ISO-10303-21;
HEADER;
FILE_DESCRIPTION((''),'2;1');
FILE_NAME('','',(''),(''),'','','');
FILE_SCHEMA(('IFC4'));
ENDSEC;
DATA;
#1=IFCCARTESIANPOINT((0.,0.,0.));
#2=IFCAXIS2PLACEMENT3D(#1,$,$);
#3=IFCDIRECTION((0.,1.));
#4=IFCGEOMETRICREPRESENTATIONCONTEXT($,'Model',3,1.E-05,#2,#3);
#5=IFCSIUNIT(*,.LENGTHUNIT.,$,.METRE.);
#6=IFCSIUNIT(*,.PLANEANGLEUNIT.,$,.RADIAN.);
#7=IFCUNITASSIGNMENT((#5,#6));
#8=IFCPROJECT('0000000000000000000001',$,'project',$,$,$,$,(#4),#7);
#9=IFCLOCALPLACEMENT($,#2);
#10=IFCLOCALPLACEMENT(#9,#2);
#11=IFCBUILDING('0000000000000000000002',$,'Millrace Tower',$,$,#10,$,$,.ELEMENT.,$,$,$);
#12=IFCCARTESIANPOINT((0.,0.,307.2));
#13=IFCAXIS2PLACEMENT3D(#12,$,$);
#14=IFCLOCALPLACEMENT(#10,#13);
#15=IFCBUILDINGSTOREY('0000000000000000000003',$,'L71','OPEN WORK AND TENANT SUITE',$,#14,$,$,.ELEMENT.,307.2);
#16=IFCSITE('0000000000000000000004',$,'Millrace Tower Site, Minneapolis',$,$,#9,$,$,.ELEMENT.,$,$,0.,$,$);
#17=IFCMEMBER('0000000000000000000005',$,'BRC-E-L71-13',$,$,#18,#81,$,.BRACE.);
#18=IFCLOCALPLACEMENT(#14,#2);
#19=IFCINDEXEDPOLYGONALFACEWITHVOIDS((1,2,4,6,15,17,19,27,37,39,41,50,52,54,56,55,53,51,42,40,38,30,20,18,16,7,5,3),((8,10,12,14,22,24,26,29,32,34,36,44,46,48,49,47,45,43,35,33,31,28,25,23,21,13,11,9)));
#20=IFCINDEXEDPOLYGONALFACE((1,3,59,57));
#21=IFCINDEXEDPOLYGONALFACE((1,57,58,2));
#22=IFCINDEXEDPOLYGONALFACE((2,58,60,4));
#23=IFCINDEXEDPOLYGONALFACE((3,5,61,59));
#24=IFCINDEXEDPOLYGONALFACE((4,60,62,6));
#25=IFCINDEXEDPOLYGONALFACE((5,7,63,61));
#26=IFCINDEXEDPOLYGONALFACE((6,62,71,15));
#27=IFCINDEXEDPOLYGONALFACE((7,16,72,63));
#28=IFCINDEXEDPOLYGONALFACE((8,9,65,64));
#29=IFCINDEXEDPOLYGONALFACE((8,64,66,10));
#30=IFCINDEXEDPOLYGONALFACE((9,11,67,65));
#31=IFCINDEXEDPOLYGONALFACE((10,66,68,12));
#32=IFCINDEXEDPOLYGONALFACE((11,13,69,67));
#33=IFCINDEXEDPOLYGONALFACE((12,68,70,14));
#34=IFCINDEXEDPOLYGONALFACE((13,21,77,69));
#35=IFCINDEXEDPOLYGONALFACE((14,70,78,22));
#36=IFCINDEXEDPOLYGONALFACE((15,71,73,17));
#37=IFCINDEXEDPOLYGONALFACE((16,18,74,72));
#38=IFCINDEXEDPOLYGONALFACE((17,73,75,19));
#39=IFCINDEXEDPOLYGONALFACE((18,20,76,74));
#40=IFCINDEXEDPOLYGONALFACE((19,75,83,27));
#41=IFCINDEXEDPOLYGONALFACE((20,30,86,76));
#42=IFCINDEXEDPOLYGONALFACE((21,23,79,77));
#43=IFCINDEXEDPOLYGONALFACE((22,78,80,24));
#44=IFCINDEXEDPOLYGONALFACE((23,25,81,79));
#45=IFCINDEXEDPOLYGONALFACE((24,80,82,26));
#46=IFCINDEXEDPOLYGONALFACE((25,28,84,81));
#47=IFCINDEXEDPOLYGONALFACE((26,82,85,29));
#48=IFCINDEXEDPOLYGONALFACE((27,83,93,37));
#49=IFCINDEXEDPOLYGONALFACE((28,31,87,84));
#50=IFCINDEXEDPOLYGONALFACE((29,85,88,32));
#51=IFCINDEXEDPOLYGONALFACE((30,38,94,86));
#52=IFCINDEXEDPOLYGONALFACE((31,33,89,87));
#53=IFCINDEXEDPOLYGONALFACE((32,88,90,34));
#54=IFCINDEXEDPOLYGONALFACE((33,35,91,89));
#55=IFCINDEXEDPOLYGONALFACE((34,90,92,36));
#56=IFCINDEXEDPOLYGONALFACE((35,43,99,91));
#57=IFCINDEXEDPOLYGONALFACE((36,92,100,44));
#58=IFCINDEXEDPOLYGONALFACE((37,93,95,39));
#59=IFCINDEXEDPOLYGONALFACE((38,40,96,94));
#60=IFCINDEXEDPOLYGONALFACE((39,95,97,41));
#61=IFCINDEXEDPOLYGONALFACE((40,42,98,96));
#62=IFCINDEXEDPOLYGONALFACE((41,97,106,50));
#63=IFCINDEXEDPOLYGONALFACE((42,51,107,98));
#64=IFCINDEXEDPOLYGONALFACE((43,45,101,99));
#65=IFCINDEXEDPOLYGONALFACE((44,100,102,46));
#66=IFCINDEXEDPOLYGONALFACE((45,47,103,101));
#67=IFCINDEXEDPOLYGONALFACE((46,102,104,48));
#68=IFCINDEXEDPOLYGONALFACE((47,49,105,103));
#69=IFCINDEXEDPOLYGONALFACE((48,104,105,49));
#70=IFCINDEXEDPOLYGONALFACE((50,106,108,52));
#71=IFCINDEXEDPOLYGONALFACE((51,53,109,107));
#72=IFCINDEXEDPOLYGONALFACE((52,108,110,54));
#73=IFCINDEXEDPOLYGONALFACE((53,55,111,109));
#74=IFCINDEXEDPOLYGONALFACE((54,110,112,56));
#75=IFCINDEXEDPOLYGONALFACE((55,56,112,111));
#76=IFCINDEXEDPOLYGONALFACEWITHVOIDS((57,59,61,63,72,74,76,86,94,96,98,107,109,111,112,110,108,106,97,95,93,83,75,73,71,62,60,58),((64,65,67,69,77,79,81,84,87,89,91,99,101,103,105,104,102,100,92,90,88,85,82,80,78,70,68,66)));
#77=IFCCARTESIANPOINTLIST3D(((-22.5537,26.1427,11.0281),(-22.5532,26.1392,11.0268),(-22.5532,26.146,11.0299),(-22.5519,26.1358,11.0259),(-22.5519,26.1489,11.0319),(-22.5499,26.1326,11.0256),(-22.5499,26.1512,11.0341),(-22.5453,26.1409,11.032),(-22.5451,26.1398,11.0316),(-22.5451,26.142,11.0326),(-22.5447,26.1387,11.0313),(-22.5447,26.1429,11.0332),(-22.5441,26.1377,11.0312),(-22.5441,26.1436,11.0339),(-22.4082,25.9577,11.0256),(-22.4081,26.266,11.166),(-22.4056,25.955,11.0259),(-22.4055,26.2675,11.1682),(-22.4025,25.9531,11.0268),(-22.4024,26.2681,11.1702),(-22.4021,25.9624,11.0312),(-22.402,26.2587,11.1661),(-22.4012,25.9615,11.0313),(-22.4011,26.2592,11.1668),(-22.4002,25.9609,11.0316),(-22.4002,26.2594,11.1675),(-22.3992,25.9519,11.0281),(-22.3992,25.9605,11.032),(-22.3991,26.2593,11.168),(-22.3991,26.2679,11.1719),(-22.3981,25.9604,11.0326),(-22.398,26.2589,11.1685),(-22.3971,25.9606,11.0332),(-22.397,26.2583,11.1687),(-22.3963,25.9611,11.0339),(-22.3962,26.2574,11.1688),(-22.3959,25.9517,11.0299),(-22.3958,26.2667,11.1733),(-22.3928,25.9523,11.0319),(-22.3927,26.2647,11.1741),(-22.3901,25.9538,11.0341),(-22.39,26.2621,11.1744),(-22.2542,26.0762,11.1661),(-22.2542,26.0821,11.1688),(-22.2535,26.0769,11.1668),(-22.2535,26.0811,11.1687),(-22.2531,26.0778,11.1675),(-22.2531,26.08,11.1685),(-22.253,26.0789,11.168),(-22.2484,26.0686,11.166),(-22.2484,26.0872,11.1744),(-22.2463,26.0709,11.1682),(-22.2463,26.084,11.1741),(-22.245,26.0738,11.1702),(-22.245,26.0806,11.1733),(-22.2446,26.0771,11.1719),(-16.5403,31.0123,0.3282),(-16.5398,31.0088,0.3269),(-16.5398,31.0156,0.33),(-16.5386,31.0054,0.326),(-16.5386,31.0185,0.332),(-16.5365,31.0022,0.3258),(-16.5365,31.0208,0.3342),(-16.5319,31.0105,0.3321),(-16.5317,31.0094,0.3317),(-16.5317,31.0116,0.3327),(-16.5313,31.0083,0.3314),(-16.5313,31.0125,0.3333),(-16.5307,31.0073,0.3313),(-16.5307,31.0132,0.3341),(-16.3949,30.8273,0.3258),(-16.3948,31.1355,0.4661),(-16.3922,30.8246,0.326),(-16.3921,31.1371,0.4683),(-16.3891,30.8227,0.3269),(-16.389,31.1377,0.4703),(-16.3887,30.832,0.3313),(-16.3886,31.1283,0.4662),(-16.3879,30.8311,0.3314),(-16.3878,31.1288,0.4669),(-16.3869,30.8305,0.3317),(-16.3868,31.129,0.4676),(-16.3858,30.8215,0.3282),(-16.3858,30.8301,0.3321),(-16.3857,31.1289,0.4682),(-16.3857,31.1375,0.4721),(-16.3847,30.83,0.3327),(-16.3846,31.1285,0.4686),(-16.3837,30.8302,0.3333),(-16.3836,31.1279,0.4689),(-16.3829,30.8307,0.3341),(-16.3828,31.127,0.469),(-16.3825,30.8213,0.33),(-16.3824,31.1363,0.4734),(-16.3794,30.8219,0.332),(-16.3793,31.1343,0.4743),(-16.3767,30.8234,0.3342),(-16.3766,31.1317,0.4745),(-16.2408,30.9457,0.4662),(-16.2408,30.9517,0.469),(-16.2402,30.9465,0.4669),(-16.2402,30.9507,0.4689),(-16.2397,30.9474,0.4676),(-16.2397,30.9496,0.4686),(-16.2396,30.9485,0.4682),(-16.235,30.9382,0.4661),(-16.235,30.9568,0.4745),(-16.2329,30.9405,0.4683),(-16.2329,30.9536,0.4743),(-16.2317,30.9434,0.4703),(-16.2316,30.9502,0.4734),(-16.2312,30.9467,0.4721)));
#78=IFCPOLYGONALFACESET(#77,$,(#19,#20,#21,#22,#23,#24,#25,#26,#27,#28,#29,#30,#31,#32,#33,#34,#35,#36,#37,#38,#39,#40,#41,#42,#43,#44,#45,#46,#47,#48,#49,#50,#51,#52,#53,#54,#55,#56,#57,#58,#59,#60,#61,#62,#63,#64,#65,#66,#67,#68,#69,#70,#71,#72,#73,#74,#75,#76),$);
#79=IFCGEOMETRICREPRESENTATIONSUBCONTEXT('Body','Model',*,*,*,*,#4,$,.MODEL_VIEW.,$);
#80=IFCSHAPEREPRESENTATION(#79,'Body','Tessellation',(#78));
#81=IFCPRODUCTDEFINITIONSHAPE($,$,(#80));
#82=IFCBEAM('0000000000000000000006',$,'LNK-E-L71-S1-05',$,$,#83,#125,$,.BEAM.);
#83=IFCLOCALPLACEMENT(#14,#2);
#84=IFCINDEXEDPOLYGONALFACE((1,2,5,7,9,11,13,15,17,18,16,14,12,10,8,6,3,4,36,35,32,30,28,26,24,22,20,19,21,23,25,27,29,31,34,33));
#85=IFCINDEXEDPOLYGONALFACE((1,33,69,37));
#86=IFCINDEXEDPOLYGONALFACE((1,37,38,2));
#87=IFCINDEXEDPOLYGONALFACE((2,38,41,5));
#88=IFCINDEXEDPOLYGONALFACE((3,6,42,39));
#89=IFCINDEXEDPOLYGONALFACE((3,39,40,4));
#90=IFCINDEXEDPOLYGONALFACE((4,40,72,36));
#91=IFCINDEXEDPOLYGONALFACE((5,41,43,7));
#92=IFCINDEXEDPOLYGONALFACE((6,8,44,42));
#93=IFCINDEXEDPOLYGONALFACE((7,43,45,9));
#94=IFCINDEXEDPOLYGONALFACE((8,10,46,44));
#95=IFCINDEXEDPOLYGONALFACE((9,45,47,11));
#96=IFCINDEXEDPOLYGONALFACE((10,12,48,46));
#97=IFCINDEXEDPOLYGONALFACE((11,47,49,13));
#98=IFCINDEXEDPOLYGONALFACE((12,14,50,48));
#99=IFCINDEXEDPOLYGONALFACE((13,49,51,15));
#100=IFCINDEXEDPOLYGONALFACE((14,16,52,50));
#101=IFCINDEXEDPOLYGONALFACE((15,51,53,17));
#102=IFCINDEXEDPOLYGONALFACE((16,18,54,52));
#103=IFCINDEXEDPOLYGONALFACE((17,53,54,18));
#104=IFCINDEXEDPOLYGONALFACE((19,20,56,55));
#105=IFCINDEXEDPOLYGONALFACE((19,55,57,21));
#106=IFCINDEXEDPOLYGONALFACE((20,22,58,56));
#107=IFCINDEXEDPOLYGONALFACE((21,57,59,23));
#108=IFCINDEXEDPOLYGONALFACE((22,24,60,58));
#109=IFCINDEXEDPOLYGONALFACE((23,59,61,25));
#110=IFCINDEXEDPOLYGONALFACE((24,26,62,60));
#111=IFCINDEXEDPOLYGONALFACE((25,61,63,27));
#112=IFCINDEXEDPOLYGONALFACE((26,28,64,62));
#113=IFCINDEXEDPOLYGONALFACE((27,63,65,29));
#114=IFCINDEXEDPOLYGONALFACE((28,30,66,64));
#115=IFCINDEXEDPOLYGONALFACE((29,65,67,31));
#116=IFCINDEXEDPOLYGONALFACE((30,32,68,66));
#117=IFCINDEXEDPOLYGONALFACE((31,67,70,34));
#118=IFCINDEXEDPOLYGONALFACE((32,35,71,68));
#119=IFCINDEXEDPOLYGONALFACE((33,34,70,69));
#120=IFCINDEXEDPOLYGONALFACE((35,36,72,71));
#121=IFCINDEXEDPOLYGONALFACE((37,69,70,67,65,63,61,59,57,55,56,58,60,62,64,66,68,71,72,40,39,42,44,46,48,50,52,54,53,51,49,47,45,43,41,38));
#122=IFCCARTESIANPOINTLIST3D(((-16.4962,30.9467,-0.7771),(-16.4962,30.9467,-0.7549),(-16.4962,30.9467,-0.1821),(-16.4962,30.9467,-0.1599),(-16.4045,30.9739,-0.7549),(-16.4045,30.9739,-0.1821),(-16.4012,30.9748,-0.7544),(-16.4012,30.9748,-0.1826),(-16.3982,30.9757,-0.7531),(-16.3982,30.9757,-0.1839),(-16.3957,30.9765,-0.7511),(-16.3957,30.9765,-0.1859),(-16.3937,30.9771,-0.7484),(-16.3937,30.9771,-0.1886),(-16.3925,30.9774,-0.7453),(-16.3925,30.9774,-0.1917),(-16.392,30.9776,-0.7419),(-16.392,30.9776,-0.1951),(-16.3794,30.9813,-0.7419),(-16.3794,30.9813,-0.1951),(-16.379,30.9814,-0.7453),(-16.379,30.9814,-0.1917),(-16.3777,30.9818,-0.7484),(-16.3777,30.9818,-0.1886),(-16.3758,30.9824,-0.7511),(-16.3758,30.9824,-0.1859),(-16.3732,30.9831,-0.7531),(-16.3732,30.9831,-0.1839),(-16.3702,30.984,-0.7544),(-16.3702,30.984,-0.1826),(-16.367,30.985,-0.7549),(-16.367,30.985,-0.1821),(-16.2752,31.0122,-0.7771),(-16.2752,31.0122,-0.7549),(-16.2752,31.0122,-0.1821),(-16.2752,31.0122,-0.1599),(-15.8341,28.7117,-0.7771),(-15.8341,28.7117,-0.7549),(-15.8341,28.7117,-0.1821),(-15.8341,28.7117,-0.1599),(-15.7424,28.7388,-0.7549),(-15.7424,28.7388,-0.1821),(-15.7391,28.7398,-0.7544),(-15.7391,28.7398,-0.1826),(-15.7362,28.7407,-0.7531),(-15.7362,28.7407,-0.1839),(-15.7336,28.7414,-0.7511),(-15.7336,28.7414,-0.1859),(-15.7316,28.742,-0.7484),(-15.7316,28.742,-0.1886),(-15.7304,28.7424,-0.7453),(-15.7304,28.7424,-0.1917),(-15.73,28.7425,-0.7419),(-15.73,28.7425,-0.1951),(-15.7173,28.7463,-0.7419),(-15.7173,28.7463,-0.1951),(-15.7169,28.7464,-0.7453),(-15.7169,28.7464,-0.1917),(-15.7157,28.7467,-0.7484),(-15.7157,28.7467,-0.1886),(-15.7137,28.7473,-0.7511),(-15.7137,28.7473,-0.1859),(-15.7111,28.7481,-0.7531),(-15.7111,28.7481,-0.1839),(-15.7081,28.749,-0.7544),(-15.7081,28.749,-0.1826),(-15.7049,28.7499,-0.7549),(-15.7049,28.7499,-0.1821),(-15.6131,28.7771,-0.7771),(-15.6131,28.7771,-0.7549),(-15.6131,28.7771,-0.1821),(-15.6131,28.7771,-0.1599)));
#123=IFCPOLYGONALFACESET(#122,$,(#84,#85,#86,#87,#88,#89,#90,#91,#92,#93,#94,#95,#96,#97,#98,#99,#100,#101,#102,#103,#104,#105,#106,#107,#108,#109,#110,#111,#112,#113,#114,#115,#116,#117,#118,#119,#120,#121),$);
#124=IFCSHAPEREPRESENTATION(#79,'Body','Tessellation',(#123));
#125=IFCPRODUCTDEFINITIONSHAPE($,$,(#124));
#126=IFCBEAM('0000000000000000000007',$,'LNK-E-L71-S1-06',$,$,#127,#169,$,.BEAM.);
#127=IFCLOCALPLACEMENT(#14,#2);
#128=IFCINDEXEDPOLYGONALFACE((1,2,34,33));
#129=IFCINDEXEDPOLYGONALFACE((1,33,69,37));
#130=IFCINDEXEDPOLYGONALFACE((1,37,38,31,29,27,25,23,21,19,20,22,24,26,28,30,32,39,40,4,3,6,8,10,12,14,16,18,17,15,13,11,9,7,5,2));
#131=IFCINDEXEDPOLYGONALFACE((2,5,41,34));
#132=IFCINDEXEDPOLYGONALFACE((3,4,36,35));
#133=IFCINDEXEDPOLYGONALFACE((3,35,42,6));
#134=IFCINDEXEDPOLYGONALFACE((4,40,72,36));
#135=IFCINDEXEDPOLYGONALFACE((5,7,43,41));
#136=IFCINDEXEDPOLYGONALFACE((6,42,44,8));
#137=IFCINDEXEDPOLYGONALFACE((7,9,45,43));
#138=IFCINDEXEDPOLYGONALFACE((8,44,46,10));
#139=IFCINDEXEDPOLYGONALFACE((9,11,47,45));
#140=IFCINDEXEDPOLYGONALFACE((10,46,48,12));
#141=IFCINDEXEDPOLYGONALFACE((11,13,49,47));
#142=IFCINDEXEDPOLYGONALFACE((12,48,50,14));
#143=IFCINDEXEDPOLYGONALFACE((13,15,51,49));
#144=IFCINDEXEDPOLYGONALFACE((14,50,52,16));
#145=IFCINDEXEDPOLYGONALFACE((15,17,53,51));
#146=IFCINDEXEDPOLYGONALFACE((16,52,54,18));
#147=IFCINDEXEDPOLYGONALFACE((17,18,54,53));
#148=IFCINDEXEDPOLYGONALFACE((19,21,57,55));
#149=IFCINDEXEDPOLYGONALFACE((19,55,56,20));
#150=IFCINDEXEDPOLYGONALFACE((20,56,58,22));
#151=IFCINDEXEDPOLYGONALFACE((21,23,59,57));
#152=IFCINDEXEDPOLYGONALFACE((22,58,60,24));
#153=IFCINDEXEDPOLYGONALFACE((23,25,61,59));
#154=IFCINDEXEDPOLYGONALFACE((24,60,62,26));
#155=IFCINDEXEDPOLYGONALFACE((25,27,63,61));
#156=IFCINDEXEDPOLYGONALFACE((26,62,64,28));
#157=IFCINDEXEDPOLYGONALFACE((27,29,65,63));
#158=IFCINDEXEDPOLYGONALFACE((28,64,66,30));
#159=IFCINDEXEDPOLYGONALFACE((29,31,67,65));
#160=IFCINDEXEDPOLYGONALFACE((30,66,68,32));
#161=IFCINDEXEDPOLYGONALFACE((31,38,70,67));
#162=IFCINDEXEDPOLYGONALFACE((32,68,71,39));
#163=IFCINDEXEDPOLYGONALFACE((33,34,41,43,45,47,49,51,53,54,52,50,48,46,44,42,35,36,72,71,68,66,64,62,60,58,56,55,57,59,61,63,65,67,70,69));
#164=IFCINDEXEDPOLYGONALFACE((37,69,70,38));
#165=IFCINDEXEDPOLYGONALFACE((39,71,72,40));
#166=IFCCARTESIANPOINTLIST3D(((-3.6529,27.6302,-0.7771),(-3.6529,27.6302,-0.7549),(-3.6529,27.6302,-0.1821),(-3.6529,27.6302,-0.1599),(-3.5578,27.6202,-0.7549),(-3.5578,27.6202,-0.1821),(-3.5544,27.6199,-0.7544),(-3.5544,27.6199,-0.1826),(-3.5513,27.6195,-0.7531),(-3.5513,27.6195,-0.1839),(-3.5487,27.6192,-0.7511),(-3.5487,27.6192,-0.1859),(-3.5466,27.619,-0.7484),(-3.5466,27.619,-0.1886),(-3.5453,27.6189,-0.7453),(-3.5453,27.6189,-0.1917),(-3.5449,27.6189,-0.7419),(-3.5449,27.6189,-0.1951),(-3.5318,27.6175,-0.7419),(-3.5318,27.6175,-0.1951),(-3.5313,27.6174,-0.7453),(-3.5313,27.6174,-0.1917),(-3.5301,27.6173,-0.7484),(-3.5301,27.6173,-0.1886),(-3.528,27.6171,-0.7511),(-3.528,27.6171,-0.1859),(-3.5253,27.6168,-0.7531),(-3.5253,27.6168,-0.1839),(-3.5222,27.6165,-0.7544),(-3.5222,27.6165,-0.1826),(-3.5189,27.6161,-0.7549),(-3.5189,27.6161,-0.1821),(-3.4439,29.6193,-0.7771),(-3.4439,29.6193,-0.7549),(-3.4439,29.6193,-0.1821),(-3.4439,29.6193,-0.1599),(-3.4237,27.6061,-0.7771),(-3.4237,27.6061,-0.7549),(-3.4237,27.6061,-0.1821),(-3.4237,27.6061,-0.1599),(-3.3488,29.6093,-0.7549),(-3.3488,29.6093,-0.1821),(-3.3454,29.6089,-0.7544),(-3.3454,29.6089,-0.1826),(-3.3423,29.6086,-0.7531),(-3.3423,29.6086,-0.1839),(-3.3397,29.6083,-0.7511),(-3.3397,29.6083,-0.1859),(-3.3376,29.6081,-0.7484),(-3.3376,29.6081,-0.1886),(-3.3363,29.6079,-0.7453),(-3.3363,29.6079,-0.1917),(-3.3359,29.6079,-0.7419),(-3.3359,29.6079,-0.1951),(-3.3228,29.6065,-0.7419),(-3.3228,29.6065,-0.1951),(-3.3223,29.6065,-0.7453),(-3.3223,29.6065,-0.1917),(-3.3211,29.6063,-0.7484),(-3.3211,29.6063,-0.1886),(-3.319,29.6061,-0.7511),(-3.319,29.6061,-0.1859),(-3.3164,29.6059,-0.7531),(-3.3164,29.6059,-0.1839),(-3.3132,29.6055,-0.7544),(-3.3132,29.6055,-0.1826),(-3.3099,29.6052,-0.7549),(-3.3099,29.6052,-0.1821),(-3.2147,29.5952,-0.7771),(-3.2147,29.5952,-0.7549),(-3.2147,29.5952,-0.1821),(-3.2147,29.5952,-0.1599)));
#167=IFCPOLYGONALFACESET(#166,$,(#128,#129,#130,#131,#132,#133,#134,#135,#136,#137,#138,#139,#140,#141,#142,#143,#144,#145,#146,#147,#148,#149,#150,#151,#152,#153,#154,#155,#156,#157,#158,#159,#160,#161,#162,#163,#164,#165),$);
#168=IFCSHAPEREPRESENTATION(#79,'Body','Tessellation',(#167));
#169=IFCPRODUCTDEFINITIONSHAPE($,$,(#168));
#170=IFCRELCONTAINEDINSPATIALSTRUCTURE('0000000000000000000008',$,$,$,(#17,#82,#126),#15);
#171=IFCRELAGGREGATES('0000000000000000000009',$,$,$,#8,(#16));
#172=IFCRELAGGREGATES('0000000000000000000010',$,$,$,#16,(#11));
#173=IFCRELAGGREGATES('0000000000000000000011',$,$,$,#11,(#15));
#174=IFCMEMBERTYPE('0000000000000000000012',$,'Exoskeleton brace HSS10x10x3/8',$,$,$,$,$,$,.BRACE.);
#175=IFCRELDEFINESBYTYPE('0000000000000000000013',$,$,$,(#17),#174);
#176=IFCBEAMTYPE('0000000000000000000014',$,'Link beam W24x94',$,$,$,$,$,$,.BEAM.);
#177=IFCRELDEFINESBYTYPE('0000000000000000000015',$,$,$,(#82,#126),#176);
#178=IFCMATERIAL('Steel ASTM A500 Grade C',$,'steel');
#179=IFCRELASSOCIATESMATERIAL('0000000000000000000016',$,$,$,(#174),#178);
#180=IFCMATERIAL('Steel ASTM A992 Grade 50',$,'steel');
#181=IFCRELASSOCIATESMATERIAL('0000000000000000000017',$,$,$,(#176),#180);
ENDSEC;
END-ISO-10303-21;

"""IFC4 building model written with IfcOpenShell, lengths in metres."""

from ifc_helpers import new_model, si_unit, direction, frame, origin, origin_2d, place, context, subcontext, project, spatial, hollow_rectangle, i_section, extrude, material, material_profile, profile_set, type_object, element, save


model = new_model("IFC4")

# Units and contexts
model_context = context("Model", 3, precision=1e-05, world=origin(), true_north=direction((0.0, 1.0)))
body_context = subcontext(model_context, "Body", "Model", "MODEL_VIEW")
ifc_project = project(units=[si_unit("LENGTHUNIT", "METRE"), si_unit("PLANEANGLEUNIT", "RADIAN")], contexts=[model_context])

# Site, building, storey
site_placement = place(None, origin())
site = spatial("IfcSite", under=ifc_project, at=site_placement, Name="Millrace Tower Site, Minneapolis", CompositionType="ELEMENT", RefElevation=0.0)
building_placement = place(site_placement, origin())
building = spatial("IfcBuilding", under=site, at=building_placement, Name="Millrace Tower", CompositionType="ELEMENT")
storey_placement = place(building_placement, frame((0.0, 0.0, 307.2)))
storey = spatial("IfcBuildingStorey", under=building, at=storey_placement, Name="L71", Description="OPEN WORK AND TENANT SUITE", CompositionType="ELEMENT", Elevation=307.2)

# Member
ifc_material_1 = material(Name="Steel ASTM A500 Grade C", Category="steel")
ifc_material_profile_1 = material_profile(ifc_material_1, hollow_rectangle(XDim=0.2539, YDim=0.2539, WallThickness=0.0095, InnerFilletRadius=0.0046, OuterFilletRadius=0.0144, at=origin_2d()))
ifc_profile_set_1 = profile_set([ifc_material_profile_1], Name="Steel ASTM A500 Grade C")
member_type_1 = type_object("IfcMemberType", Name="Exoskeleton brace HSS10x10x3/8", PredefinedType="BRACE", material=ifc_profile_set_1)
member_1_placement = place(storey_placement, frame((-16.3857, 30.9795, 0.4001), z_axis=(-0.455401, -0.368781, 0.810315), x_axis=(0.629324, -0.777143, 0.0)))
element("IfcMember", 1, at=member_1_placement, inside=storey, type_object=member_type_1, Name="BRC-E-L71-13", PredefinedType="BRACE", context=body_context, shape_type="SweptSolid", body=[
    extrude(hollow_rectangle(XDim=0.2539, YDim=0.2539, WallThickness=0.0095, InnerFilletRadius=0.0046, OuterFilletRadius=0.0144, at=origin_2d()), origin(), (0.0, 0.0, 1.0), 13.2046),
])

# Beams
ifc_material_2 = material(Name="Steel ASTM A992 Grade 50", Category="steel")
ifc_material_profile_2 = material_profile(ifc_material_2, i_section(OverallWidth=0.2305, OverallDepth=0.6172, WebThickness=0.0132, FlangeThickness=0.0222, FilletRadius=0.0129, at=origin_2d()))
ifc_profile_set_2 = profile_set([ifc_material_profile_2], Name="Steel ASTM A992 Grade 50")
beam_type_1 = type_object("IfcBeamType", Name="Link beam W24x94", PredefinedType="BEAM", material=ifc_profile_set_2)
beam_1_placement = place(storey_placement, frame((-15.7236, 28.7444, -0.4685), z_axis=(-0.284031, 0.958815, 0.0), x_axis=(-0.958815, -0.284031, 0.0)))
element("IfcBeam", 2, at=beam_1_placement, inside=storey, type_object=beam_type_1, Name="LNK-E-L71-S1-05", PredefinedType="BEAM", context=body_context, shape_type="SweptSolid", body=[
    extrude(i_section(OverallWidth=0.2305, OverallDepth=0.6172, WebThickness=0.0132, FlangeThickness=0.0222, FilletRadius=0.0129, at=origin_2d()), origin(), (0.0, 0.0, 1.0), 2.3311),
])
beam_2_placement = place(storey_placement, frame((-3.5383, 27.6182, -0.4685), z_axis=(0.104494, 0.994526, 0.0), x_axis=(-0.994526, 0.104494, 0.0)))
element("IfcBeam", 3, at=beam_2_placement, inside=storey, type_object=beam_type_1, Name="LNK-E-L71-S1-06", PredefinedType="BEAM", context=body_context, shape_type="SweptSolid", body=[
    extrude(i_section(OverallWidth=0.2305, OverallDepth=0.6172, WebThickness=0.0132, FlangeThickness=0.0222, FilletRadius=0.0129, at=origin_2d()), origin(), (0.0, 0.0, 1.0), 2.0),
])

save(model, "model.ifc")
